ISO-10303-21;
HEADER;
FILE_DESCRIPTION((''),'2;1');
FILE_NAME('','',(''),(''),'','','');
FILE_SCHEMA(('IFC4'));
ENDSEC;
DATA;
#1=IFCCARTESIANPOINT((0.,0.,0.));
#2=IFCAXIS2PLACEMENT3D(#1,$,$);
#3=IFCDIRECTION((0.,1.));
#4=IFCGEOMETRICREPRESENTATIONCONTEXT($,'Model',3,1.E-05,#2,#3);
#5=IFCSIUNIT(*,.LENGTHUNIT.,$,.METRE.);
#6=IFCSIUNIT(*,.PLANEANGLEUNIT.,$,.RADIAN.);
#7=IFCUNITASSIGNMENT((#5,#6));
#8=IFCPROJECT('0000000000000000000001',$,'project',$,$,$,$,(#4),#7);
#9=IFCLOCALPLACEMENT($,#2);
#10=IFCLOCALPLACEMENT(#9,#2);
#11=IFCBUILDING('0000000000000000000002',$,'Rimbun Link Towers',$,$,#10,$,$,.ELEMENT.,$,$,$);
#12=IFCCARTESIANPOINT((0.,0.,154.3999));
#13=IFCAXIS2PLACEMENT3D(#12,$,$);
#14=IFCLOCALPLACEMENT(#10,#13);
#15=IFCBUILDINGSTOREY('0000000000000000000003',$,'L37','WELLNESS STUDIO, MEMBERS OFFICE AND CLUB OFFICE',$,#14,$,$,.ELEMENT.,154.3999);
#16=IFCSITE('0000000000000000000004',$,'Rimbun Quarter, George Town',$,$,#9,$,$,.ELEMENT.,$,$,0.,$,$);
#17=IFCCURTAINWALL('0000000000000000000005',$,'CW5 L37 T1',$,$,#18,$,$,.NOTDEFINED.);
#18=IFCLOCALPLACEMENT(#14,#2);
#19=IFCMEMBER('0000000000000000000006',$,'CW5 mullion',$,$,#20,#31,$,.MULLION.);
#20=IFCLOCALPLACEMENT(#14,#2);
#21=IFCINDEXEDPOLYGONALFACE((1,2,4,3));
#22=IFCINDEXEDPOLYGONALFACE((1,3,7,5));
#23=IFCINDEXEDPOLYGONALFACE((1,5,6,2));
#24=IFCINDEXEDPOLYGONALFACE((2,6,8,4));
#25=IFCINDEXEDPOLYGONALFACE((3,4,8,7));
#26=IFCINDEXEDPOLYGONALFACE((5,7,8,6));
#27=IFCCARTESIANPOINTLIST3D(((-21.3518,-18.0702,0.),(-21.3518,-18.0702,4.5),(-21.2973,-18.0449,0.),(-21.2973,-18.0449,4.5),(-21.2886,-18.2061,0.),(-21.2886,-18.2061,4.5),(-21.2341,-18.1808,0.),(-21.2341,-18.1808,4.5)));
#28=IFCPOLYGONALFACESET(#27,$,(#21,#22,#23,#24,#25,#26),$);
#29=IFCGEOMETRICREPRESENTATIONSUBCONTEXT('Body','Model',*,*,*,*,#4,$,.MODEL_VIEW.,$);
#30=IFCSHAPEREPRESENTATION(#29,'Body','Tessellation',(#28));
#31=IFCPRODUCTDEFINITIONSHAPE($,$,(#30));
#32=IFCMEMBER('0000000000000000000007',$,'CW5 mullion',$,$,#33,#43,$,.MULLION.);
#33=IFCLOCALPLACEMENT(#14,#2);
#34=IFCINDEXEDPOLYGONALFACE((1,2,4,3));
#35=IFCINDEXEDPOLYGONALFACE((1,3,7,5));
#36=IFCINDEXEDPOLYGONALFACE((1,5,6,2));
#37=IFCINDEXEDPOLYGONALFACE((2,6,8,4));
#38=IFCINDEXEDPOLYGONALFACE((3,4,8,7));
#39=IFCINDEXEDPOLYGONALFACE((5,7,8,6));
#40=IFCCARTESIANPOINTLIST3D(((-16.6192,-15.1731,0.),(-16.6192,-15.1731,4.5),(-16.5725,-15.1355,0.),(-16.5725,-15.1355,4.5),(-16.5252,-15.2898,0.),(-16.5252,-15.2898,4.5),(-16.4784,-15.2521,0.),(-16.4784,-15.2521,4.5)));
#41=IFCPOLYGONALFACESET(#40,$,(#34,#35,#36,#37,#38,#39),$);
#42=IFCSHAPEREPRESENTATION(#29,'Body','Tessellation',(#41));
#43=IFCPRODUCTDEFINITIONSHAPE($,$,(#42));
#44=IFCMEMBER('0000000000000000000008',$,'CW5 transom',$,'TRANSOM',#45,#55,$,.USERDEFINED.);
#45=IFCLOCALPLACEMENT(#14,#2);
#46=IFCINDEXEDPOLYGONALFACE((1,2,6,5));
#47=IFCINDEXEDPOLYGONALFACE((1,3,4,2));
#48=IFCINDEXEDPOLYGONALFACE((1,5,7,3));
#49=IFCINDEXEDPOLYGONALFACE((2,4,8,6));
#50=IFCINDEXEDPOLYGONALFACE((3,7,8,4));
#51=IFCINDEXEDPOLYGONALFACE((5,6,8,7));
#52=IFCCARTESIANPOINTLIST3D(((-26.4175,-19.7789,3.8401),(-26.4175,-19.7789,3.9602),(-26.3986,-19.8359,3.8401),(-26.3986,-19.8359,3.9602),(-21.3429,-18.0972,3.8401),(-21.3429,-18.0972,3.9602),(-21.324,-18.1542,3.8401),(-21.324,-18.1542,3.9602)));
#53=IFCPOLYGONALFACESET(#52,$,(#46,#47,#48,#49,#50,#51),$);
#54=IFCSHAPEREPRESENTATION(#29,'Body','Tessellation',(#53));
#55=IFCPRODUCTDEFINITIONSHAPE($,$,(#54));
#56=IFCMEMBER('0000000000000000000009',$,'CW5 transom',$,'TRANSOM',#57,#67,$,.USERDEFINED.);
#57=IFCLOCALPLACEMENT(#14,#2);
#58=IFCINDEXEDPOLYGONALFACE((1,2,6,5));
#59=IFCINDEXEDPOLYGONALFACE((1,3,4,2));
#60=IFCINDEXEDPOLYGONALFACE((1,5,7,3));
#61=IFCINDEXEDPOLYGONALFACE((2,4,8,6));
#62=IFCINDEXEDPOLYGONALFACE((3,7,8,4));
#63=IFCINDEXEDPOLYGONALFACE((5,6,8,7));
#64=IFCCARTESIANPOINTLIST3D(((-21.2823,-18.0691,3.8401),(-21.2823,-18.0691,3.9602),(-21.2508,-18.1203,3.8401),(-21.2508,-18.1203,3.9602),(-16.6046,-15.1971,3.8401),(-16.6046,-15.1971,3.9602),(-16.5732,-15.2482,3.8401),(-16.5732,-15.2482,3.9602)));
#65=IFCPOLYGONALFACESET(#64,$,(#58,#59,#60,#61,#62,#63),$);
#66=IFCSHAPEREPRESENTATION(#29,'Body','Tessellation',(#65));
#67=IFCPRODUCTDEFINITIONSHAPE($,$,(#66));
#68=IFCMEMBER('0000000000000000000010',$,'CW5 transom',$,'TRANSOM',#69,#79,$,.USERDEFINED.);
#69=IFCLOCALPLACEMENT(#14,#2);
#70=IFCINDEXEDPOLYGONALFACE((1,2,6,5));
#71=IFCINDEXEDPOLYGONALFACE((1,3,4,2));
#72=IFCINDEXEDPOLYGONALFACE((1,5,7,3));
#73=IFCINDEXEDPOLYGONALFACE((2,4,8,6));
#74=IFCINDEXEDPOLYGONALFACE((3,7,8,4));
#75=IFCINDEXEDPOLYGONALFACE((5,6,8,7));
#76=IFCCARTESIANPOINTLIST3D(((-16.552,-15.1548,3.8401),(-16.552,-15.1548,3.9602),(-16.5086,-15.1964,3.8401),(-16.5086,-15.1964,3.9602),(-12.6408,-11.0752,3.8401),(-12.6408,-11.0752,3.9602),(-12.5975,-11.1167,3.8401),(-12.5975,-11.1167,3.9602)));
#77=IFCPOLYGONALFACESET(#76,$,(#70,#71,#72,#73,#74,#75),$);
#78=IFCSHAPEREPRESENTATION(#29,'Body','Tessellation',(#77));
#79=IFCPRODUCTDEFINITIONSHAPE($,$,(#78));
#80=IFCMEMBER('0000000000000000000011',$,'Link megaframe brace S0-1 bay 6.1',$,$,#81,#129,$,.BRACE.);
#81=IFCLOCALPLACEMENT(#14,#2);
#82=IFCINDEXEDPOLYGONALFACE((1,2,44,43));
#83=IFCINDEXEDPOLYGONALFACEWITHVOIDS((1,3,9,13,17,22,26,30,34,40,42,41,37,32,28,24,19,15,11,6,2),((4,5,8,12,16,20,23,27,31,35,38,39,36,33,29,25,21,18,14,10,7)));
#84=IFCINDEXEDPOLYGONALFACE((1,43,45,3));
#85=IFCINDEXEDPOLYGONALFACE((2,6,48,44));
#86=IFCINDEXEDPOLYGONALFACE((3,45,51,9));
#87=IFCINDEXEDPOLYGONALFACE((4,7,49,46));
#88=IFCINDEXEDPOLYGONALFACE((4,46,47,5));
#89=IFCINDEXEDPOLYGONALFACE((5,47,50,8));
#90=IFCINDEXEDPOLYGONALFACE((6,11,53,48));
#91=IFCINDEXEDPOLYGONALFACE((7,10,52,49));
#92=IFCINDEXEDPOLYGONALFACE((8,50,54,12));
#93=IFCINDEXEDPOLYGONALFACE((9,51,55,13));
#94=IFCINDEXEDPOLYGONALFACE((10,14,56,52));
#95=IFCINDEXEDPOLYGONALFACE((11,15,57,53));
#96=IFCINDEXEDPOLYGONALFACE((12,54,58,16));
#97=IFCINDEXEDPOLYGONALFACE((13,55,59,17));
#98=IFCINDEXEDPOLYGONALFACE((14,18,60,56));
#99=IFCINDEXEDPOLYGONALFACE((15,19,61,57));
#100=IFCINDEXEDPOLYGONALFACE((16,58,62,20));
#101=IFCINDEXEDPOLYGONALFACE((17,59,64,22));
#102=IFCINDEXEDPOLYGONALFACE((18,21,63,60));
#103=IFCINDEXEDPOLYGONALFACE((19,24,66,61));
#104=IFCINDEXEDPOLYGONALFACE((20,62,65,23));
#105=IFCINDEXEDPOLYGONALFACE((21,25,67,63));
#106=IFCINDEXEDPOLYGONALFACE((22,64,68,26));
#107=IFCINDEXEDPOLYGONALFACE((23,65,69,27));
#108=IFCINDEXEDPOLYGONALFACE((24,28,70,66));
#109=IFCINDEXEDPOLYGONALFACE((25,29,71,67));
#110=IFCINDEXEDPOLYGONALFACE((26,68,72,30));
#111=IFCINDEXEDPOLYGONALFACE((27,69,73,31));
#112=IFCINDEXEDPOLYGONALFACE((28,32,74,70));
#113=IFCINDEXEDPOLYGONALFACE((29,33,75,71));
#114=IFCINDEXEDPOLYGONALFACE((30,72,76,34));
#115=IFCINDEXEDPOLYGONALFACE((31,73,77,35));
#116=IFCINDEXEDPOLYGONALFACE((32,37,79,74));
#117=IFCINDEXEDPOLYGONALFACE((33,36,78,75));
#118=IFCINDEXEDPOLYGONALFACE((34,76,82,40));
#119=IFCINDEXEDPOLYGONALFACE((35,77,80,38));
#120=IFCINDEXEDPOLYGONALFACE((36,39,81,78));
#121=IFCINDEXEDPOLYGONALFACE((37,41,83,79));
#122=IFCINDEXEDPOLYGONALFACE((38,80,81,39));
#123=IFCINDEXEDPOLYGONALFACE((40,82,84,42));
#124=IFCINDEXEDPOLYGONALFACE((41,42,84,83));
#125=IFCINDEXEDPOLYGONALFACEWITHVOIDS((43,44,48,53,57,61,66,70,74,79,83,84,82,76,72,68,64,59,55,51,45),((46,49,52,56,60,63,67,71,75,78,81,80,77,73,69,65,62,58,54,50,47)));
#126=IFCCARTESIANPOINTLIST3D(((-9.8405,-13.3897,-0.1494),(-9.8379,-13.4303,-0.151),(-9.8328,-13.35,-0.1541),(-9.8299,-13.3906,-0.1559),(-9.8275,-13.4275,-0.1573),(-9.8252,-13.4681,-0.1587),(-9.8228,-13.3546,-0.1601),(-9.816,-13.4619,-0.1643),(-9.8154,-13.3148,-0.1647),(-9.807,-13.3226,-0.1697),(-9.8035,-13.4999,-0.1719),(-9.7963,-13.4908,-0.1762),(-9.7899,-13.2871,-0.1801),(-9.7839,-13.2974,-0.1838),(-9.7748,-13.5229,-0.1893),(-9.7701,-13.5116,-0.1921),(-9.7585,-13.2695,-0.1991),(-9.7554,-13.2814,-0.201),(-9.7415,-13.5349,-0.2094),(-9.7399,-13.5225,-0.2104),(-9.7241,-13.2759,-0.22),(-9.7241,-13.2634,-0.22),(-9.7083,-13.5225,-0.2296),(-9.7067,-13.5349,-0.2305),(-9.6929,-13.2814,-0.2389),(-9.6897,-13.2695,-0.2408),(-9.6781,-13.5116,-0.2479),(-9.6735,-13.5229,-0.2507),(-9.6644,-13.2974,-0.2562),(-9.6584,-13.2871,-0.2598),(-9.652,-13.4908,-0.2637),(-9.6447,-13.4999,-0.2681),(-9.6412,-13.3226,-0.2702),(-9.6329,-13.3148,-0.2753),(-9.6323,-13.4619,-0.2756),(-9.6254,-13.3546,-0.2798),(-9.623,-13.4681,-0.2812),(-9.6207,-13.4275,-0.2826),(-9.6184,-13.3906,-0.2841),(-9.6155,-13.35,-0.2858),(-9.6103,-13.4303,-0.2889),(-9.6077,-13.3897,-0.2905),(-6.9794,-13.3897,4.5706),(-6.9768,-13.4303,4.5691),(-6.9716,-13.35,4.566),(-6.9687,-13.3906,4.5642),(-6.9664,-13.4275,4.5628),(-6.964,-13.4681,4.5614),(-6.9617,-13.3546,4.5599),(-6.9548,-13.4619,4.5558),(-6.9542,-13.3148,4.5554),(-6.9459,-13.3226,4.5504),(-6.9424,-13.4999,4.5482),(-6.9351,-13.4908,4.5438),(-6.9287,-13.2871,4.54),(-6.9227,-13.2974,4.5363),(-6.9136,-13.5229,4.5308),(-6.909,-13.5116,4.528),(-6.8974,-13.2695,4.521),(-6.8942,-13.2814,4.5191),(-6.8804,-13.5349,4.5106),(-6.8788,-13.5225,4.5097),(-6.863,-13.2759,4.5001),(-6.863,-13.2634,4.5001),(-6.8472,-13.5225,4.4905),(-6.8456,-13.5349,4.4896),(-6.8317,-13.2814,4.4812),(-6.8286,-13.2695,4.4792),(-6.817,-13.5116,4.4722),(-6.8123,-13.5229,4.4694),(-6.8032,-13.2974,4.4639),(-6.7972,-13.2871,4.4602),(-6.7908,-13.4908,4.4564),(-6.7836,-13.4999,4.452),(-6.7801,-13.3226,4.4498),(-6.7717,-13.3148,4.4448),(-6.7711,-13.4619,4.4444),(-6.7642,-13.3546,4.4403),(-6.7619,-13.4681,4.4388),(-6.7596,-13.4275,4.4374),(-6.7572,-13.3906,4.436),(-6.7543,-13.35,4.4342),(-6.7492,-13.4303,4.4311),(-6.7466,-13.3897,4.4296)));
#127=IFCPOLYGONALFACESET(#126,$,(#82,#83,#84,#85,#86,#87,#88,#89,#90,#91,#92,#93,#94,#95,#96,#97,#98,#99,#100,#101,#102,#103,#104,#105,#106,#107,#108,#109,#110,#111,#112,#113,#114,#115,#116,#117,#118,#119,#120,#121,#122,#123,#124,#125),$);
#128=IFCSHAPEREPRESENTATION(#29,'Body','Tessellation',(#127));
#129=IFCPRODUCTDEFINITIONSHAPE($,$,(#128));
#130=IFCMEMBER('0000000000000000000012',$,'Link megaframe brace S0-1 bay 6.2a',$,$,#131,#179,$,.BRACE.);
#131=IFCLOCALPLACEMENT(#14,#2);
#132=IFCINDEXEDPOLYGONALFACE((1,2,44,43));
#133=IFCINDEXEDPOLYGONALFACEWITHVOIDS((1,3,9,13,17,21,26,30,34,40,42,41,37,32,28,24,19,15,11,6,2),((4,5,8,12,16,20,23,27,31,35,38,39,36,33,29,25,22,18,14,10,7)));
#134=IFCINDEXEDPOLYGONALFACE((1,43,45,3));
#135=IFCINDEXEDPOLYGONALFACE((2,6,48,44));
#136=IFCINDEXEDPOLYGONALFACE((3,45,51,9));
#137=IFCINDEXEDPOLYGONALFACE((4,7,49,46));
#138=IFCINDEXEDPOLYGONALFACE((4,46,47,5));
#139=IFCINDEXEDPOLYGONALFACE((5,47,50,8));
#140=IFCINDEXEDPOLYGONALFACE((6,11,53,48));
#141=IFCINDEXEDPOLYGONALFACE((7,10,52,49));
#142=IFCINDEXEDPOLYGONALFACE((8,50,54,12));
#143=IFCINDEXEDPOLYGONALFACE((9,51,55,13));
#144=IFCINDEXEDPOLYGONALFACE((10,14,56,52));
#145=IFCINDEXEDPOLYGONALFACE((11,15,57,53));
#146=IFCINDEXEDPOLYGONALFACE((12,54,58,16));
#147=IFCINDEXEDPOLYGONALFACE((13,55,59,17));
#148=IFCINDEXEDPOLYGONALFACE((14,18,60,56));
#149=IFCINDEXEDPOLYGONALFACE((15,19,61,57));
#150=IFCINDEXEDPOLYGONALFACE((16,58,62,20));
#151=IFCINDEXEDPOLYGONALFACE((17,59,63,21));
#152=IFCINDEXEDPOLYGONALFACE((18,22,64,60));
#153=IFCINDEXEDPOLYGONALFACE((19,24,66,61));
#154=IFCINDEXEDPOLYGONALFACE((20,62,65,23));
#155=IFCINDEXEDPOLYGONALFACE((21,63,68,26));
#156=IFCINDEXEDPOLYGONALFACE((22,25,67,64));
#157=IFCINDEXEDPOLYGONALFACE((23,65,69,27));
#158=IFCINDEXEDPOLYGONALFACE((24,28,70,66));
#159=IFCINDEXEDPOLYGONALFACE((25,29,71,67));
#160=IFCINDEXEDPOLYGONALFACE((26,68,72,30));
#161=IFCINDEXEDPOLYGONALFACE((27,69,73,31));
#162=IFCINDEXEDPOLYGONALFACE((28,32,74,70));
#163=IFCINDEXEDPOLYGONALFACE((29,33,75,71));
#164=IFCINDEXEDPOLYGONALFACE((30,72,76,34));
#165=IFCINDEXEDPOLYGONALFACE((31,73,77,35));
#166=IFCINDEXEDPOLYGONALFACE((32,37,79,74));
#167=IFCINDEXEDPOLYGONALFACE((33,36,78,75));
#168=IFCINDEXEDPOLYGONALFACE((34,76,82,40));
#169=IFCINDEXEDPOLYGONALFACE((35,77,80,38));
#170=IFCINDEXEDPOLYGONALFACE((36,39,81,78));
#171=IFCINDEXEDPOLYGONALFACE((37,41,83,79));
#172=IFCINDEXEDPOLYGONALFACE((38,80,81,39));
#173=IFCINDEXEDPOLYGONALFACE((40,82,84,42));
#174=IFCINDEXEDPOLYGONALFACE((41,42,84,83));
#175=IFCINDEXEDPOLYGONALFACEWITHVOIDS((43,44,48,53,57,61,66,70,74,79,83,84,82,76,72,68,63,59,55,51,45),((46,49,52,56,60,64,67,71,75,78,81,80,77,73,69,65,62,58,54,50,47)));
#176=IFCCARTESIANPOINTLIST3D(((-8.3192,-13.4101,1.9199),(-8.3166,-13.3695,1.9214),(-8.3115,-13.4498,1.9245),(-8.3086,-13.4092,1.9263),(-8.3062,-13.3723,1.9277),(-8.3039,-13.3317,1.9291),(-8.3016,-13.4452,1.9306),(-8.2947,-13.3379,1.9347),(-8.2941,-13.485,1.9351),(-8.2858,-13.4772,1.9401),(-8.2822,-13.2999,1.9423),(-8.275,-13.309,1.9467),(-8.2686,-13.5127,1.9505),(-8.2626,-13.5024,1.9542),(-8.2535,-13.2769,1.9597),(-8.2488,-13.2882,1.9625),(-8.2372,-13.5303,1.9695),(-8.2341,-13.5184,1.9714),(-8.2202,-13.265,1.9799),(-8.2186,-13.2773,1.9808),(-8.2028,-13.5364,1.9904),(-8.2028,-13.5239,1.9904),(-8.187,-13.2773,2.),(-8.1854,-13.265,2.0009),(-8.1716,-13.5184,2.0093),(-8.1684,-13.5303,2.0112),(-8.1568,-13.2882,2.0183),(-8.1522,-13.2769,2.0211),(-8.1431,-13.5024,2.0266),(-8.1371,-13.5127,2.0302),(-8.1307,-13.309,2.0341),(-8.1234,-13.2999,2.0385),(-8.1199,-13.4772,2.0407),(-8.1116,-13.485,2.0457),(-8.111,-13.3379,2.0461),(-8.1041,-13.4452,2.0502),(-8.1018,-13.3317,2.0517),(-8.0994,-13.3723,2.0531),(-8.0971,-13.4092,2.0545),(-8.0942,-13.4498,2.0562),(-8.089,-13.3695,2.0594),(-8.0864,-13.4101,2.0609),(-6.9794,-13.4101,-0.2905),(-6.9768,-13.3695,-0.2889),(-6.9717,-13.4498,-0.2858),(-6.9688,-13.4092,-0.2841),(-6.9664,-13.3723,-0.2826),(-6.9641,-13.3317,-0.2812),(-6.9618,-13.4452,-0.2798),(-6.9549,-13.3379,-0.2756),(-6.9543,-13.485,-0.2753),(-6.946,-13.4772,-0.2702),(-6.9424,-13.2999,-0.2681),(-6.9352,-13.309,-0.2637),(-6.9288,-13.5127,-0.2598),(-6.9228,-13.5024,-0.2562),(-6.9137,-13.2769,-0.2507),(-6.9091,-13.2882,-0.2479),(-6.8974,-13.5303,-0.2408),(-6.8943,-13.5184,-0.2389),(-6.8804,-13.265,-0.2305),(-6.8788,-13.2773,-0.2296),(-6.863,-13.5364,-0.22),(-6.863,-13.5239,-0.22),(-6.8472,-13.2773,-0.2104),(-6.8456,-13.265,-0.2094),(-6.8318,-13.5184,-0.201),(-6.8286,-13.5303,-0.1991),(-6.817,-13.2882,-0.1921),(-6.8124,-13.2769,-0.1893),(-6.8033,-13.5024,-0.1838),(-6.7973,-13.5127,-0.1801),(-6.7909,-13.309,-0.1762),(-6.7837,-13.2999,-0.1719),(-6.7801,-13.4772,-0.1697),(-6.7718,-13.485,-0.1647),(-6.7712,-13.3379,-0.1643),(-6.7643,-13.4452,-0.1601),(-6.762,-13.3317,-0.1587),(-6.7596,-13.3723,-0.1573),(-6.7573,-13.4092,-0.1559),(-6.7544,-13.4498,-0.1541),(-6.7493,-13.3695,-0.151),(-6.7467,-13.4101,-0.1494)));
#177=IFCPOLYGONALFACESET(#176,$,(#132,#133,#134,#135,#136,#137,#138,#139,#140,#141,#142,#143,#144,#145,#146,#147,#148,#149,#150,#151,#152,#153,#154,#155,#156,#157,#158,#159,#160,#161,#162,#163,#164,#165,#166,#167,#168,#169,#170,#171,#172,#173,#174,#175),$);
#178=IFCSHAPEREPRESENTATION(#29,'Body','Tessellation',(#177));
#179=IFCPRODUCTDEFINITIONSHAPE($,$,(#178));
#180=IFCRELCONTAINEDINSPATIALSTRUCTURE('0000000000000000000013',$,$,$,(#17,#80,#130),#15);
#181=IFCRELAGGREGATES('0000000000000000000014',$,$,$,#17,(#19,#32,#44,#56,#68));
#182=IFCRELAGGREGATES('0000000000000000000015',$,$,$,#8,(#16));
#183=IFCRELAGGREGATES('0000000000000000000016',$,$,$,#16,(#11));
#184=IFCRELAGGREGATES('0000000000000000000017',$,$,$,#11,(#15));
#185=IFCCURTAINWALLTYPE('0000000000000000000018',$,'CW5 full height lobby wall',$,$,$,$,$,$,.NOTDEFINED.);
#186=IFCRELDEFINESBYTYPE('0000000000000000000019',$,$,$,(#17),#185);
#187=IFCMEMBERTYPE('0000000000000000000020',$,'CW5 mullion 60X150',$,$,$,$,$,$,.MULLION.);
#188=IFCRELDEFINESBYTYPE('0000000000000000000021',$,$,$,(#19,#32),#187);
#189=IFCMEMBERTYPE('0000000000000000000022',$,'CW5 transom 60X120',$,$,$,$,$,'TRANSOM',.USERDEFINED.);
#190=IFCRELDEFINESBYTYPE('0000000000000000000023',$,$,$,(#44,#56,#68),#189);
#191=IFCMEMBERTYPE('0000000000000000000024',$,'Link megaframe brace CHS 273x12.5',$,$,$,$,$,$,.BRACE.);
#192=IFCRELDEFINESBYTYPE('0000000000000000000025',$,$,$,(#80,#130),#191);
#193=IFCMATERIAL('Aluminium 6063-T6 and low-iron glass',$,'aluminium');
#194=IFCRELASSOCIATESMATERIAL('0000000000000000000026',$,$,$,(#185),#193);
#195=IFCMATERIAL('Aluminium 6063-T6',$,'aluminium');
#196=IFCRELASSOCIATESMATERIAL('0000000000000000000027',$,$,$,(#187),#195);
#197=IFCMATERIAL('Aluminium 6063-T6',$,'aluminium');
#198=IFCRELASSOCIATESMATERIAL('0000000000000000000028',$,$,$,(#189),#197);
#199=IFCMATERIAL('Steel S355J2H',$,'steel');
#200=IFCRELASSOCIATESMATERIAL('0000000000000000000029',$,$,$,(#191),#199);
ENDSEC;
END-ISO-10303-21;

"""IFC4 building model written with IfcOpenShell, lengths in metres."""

from ifc_helpers import new_model, si_unit, direction, frame, origin, origin_2d, place, context, subcontext, project, spatial, rectangle, hollow_circle, extrude, material, material_profile, profile_set, type_object, element, aggregate, save


model = new_model("IFC4")

# Units and contexts
model_context = context("Model", 3, precision=1e-05, world=origin(), true_north=direction((0.0, 1.0)))
body_context = subcontext(model_context, "Body", "Model", "MODEL_VIEW")
ifc_project = project(units=[si_unit("LENGTHUNIT", "METRE"), si_unit("PLANEANGLEUNIT", "RADIAN")], contexts=[model_context])

# Site, building, storey
site_placement = place(None, origin())
site = spatial("IfcSite", under=ifc_project, at=site_placement, Name="Rimbun Quarter, George Town", CompositionType="ELEMENT", RefElevation=0.0)
building_placement = place(site_placement, origin())
building = spatial("IfcBuilding", under=site, at=building_placement, Name="Rimbun Link Towers", CompositionType="ELEMENT")
storey_placement = place(building_placement, frame((0.0, 0.0, 154.3999)))
storey = spatial("IfcBuildingStorey", under=building, at=storey_placement, Name="L37", Description="WELLNESS STUDIO, MEMBERS OFFICE AND CLUB OFFICE", CompositionType="ELEMENT", Elevation=154.3999)

# Curtain wall, members
ifc_material_1 = material(Name="Aluminium 6063-T6 and low-iron glass", Category="aluminium")
curtain_wall_type = type_object("IfcCurtainWallType", Name="CW5 full height lobby wall", PredefinedType="NOTDEFINED", material=ifc_material_1)
curtain_wall_placement = place(storey_placement, origin())
curtain_wall = element("IfcCurtainWall", 1, at=curtain_wall_placement, inside=storey, type_object=curtain_wall_type, Name="CW5 L37 T1", PredefinedType="NOTDEFINED")
ifc_material_2 = material(Name="Aluminium 6063-T6", Category="aluminium")
ifc_material_profile_1 = material_profile(ifc_material_2, rectangle(XDim=0.1499, YDim=0.0601, at=origin_2d()), Name="MULLION 60X150")
ifc_profile_set_1 = profile_set([ifc_material_profile_1], Name="Aluminium 6063-T6")
member_type_1 = type_object("IfcMemberType", Name="CW5 mullion 60X150", PredefinedType="MULLION", material=ifc_profile_set_1)
member_1_placement = place(storey_placement, frame((-21.293, -18.1255, 0.0), z_axis=(0.0, 0.0, 1.0), x_axis=(0.421697, -0.906737, 0.0)))
member_1 = element("IfcMember", 2, at=member_1_placement, type_object=member_type_1, Name="CW5 mullion", PredefinedType="MULLION", context=body_context, shape_type="SweptSolid", body=[
    extrude(rectangle(XDim=0.1499, YDim=0.0601, at=origin_2d()), origin(), (0.0, 0.0, 1.0), 4.5),
])
member_2_placement = place(storey_placement, frame((-16.5488, -15.2126, 0.0), z_axis=(0.0, 0.0, 1.0), x_axis=(0.627671, -0.778479, 0.0)))
member_2 = element("IfcMember", 3, at=member_2_placement, type_object=member_type_1, Name="CW5 mullion", PredefinedType="MULLION", context=body_context, shape_type="SweptSolid", body=[
    extrude(rectangle(XDim=0.1499, YDim=0.0601, at=origin_2d()), origin(), (0.0, 0.0, 1.0), 4.5),
])
ifc_material_3 = material(Name="Aluminium 6063-T6", Category="aluminium")
ifc_material_profile_2 = material_profile(ifc_material_3, rectangle(XDim=0.0601, YDim=0.1201, at=origin_2d()), Name="TRANSOM 60X120")
ifc_profile_set_2 = profile_set([ifc_material_profile_2], Name="Aluminium 6063-T6")
member_type_2 = type_object("IfcMemberType", Name="CW5 transom 60X120", ElementType="TRANSOM", PredefinedType="USERDEFINED", material=ifc_profile_set_2)
member_3_placement = place(storey_placement, frame((-21.3335, -18.1257, 3.9001), z_axis=(-0.949234, -0.314569, 0.0), x_axis=(0.314569, -0.949234, 0.0)))
member_3 = element("IfcMember", 4, at=member_3_placement, type_object=member_type_2, Name="CW5 transom", ObjectType="TRANSOM", PredefinedType="USERDEFINED", context=body_context, shape_type="SweptSolid", body=[
    extrude(rectangle(XDim=0.0601, YDim=0.1201, at=origin_2d()), origin(), (0.0, 0.0, 1.0), 5.3459),
])
member_4_placement = place(storey_placement, frame((-16.5889, -15.2227, 3.9001), z_axis=(-0.852189, -0.523234, 0.0), x_axis=(0.523234, -0.852189, 0.0)))
member_4 = element("IfcMember", 5, at=member_4_placement, type_object=member_type_2, Name="CW5 transom", ObjectType="TRANSOM", PredefinedType="USERDEFINED", context=body_context, shape_type="SweptSolid", body=[
    extrude(rectangle(XDim=0.0601, YDim=0.1201, at=origin_2d()), origin(), (0.0, 0.0, 1.0), 5.489),
])
member_5_placement = place(storey_placement, frame((-12.6191, -11.0959, 3.9001), z_axis=(-0.692046, -0.721853, 0.0), x_axis=(0.721853, -0.692046, 0.0)))
member_5 = element("IfcMember", 6, at=member_5_placement, type_object=member_type_2, Name="CW5 transom", ObjectType="TRANSOM", PredefinedType="USERDEFINED", context=body_context, shape_type="SweptSolid", body=[
    extrude(rectangle(XDim=0.0601, YDim=0.1201, at=origin_2d()), origin(), (0.0, 0.0, 1.0), 5.6516),
])

# Members
ifc_material_4 = material(Name="Steel S355J2H", Category="steel")
ifc_material_profile_3 = material_profile(ifc_material_4, hollow_circle(Radius=0.1365, WallThickness=0.0125, at=origin_2d()), Name="CHS 273x12.5")
ifc_profile_set_3 = profile_set([ifc_material_profile_3], Name="Steel S355J2H")
member_type_3 = type_object("IfcMemberType", Name="Link megaframe brace CHS 273x12.5", PredefinedType="BRACE", material=ifc_profile_set_3)
member_6_placement = place(storey_placement, frame((-9.7241, -13.3999, -0.22), z_axis=(0.518367, 0.0, 0.855158), x_axis=(0.0, 1.0, 0.0)))
element("IfcMember", 7, at=member_6_placement, inside=storey, type_object=member_type_3, Name="Link megaframe brace S0-1 bay 6.1", PredefinedType="BRACE", context=body_context, shape_type="SweptSolid", body=[
    extrude(hollow_circle(Radius=0.1365, WallThickness=0.0125, at=origin_2d()), origin(), (0.0, 0.0, 1.0), 5.5195),
])
for number, where, z_axis, x_axis, name in (
    (8, (-6.863, -13.3999, -0.22), (-0.518352, 0.0, 0.855167), (0.0, -1.0, 0.0), "Link megaframe brace S0-1 bay 6.2a"),
):
    element("IfcMember", number, at=place(storey_placement, frame(where, z_axis=z_axis, x_axis=x_axis)), inside=storey, type_object=member_type_3, Name=name, PredefinedType="BRACE", context=body_context, shape_type="SweptSolid", body=[
        extrude(hollow_circle(Radius=0.1365, WallThickness=0.0125, at=origin_2d()), origin(), (0.0, 0.0, 1.0), 2.5847),
    ])

aggregate(curtain_wall, [member_1, member_2, member_3, member_4, member_5])

save(model, "model.ifc")
